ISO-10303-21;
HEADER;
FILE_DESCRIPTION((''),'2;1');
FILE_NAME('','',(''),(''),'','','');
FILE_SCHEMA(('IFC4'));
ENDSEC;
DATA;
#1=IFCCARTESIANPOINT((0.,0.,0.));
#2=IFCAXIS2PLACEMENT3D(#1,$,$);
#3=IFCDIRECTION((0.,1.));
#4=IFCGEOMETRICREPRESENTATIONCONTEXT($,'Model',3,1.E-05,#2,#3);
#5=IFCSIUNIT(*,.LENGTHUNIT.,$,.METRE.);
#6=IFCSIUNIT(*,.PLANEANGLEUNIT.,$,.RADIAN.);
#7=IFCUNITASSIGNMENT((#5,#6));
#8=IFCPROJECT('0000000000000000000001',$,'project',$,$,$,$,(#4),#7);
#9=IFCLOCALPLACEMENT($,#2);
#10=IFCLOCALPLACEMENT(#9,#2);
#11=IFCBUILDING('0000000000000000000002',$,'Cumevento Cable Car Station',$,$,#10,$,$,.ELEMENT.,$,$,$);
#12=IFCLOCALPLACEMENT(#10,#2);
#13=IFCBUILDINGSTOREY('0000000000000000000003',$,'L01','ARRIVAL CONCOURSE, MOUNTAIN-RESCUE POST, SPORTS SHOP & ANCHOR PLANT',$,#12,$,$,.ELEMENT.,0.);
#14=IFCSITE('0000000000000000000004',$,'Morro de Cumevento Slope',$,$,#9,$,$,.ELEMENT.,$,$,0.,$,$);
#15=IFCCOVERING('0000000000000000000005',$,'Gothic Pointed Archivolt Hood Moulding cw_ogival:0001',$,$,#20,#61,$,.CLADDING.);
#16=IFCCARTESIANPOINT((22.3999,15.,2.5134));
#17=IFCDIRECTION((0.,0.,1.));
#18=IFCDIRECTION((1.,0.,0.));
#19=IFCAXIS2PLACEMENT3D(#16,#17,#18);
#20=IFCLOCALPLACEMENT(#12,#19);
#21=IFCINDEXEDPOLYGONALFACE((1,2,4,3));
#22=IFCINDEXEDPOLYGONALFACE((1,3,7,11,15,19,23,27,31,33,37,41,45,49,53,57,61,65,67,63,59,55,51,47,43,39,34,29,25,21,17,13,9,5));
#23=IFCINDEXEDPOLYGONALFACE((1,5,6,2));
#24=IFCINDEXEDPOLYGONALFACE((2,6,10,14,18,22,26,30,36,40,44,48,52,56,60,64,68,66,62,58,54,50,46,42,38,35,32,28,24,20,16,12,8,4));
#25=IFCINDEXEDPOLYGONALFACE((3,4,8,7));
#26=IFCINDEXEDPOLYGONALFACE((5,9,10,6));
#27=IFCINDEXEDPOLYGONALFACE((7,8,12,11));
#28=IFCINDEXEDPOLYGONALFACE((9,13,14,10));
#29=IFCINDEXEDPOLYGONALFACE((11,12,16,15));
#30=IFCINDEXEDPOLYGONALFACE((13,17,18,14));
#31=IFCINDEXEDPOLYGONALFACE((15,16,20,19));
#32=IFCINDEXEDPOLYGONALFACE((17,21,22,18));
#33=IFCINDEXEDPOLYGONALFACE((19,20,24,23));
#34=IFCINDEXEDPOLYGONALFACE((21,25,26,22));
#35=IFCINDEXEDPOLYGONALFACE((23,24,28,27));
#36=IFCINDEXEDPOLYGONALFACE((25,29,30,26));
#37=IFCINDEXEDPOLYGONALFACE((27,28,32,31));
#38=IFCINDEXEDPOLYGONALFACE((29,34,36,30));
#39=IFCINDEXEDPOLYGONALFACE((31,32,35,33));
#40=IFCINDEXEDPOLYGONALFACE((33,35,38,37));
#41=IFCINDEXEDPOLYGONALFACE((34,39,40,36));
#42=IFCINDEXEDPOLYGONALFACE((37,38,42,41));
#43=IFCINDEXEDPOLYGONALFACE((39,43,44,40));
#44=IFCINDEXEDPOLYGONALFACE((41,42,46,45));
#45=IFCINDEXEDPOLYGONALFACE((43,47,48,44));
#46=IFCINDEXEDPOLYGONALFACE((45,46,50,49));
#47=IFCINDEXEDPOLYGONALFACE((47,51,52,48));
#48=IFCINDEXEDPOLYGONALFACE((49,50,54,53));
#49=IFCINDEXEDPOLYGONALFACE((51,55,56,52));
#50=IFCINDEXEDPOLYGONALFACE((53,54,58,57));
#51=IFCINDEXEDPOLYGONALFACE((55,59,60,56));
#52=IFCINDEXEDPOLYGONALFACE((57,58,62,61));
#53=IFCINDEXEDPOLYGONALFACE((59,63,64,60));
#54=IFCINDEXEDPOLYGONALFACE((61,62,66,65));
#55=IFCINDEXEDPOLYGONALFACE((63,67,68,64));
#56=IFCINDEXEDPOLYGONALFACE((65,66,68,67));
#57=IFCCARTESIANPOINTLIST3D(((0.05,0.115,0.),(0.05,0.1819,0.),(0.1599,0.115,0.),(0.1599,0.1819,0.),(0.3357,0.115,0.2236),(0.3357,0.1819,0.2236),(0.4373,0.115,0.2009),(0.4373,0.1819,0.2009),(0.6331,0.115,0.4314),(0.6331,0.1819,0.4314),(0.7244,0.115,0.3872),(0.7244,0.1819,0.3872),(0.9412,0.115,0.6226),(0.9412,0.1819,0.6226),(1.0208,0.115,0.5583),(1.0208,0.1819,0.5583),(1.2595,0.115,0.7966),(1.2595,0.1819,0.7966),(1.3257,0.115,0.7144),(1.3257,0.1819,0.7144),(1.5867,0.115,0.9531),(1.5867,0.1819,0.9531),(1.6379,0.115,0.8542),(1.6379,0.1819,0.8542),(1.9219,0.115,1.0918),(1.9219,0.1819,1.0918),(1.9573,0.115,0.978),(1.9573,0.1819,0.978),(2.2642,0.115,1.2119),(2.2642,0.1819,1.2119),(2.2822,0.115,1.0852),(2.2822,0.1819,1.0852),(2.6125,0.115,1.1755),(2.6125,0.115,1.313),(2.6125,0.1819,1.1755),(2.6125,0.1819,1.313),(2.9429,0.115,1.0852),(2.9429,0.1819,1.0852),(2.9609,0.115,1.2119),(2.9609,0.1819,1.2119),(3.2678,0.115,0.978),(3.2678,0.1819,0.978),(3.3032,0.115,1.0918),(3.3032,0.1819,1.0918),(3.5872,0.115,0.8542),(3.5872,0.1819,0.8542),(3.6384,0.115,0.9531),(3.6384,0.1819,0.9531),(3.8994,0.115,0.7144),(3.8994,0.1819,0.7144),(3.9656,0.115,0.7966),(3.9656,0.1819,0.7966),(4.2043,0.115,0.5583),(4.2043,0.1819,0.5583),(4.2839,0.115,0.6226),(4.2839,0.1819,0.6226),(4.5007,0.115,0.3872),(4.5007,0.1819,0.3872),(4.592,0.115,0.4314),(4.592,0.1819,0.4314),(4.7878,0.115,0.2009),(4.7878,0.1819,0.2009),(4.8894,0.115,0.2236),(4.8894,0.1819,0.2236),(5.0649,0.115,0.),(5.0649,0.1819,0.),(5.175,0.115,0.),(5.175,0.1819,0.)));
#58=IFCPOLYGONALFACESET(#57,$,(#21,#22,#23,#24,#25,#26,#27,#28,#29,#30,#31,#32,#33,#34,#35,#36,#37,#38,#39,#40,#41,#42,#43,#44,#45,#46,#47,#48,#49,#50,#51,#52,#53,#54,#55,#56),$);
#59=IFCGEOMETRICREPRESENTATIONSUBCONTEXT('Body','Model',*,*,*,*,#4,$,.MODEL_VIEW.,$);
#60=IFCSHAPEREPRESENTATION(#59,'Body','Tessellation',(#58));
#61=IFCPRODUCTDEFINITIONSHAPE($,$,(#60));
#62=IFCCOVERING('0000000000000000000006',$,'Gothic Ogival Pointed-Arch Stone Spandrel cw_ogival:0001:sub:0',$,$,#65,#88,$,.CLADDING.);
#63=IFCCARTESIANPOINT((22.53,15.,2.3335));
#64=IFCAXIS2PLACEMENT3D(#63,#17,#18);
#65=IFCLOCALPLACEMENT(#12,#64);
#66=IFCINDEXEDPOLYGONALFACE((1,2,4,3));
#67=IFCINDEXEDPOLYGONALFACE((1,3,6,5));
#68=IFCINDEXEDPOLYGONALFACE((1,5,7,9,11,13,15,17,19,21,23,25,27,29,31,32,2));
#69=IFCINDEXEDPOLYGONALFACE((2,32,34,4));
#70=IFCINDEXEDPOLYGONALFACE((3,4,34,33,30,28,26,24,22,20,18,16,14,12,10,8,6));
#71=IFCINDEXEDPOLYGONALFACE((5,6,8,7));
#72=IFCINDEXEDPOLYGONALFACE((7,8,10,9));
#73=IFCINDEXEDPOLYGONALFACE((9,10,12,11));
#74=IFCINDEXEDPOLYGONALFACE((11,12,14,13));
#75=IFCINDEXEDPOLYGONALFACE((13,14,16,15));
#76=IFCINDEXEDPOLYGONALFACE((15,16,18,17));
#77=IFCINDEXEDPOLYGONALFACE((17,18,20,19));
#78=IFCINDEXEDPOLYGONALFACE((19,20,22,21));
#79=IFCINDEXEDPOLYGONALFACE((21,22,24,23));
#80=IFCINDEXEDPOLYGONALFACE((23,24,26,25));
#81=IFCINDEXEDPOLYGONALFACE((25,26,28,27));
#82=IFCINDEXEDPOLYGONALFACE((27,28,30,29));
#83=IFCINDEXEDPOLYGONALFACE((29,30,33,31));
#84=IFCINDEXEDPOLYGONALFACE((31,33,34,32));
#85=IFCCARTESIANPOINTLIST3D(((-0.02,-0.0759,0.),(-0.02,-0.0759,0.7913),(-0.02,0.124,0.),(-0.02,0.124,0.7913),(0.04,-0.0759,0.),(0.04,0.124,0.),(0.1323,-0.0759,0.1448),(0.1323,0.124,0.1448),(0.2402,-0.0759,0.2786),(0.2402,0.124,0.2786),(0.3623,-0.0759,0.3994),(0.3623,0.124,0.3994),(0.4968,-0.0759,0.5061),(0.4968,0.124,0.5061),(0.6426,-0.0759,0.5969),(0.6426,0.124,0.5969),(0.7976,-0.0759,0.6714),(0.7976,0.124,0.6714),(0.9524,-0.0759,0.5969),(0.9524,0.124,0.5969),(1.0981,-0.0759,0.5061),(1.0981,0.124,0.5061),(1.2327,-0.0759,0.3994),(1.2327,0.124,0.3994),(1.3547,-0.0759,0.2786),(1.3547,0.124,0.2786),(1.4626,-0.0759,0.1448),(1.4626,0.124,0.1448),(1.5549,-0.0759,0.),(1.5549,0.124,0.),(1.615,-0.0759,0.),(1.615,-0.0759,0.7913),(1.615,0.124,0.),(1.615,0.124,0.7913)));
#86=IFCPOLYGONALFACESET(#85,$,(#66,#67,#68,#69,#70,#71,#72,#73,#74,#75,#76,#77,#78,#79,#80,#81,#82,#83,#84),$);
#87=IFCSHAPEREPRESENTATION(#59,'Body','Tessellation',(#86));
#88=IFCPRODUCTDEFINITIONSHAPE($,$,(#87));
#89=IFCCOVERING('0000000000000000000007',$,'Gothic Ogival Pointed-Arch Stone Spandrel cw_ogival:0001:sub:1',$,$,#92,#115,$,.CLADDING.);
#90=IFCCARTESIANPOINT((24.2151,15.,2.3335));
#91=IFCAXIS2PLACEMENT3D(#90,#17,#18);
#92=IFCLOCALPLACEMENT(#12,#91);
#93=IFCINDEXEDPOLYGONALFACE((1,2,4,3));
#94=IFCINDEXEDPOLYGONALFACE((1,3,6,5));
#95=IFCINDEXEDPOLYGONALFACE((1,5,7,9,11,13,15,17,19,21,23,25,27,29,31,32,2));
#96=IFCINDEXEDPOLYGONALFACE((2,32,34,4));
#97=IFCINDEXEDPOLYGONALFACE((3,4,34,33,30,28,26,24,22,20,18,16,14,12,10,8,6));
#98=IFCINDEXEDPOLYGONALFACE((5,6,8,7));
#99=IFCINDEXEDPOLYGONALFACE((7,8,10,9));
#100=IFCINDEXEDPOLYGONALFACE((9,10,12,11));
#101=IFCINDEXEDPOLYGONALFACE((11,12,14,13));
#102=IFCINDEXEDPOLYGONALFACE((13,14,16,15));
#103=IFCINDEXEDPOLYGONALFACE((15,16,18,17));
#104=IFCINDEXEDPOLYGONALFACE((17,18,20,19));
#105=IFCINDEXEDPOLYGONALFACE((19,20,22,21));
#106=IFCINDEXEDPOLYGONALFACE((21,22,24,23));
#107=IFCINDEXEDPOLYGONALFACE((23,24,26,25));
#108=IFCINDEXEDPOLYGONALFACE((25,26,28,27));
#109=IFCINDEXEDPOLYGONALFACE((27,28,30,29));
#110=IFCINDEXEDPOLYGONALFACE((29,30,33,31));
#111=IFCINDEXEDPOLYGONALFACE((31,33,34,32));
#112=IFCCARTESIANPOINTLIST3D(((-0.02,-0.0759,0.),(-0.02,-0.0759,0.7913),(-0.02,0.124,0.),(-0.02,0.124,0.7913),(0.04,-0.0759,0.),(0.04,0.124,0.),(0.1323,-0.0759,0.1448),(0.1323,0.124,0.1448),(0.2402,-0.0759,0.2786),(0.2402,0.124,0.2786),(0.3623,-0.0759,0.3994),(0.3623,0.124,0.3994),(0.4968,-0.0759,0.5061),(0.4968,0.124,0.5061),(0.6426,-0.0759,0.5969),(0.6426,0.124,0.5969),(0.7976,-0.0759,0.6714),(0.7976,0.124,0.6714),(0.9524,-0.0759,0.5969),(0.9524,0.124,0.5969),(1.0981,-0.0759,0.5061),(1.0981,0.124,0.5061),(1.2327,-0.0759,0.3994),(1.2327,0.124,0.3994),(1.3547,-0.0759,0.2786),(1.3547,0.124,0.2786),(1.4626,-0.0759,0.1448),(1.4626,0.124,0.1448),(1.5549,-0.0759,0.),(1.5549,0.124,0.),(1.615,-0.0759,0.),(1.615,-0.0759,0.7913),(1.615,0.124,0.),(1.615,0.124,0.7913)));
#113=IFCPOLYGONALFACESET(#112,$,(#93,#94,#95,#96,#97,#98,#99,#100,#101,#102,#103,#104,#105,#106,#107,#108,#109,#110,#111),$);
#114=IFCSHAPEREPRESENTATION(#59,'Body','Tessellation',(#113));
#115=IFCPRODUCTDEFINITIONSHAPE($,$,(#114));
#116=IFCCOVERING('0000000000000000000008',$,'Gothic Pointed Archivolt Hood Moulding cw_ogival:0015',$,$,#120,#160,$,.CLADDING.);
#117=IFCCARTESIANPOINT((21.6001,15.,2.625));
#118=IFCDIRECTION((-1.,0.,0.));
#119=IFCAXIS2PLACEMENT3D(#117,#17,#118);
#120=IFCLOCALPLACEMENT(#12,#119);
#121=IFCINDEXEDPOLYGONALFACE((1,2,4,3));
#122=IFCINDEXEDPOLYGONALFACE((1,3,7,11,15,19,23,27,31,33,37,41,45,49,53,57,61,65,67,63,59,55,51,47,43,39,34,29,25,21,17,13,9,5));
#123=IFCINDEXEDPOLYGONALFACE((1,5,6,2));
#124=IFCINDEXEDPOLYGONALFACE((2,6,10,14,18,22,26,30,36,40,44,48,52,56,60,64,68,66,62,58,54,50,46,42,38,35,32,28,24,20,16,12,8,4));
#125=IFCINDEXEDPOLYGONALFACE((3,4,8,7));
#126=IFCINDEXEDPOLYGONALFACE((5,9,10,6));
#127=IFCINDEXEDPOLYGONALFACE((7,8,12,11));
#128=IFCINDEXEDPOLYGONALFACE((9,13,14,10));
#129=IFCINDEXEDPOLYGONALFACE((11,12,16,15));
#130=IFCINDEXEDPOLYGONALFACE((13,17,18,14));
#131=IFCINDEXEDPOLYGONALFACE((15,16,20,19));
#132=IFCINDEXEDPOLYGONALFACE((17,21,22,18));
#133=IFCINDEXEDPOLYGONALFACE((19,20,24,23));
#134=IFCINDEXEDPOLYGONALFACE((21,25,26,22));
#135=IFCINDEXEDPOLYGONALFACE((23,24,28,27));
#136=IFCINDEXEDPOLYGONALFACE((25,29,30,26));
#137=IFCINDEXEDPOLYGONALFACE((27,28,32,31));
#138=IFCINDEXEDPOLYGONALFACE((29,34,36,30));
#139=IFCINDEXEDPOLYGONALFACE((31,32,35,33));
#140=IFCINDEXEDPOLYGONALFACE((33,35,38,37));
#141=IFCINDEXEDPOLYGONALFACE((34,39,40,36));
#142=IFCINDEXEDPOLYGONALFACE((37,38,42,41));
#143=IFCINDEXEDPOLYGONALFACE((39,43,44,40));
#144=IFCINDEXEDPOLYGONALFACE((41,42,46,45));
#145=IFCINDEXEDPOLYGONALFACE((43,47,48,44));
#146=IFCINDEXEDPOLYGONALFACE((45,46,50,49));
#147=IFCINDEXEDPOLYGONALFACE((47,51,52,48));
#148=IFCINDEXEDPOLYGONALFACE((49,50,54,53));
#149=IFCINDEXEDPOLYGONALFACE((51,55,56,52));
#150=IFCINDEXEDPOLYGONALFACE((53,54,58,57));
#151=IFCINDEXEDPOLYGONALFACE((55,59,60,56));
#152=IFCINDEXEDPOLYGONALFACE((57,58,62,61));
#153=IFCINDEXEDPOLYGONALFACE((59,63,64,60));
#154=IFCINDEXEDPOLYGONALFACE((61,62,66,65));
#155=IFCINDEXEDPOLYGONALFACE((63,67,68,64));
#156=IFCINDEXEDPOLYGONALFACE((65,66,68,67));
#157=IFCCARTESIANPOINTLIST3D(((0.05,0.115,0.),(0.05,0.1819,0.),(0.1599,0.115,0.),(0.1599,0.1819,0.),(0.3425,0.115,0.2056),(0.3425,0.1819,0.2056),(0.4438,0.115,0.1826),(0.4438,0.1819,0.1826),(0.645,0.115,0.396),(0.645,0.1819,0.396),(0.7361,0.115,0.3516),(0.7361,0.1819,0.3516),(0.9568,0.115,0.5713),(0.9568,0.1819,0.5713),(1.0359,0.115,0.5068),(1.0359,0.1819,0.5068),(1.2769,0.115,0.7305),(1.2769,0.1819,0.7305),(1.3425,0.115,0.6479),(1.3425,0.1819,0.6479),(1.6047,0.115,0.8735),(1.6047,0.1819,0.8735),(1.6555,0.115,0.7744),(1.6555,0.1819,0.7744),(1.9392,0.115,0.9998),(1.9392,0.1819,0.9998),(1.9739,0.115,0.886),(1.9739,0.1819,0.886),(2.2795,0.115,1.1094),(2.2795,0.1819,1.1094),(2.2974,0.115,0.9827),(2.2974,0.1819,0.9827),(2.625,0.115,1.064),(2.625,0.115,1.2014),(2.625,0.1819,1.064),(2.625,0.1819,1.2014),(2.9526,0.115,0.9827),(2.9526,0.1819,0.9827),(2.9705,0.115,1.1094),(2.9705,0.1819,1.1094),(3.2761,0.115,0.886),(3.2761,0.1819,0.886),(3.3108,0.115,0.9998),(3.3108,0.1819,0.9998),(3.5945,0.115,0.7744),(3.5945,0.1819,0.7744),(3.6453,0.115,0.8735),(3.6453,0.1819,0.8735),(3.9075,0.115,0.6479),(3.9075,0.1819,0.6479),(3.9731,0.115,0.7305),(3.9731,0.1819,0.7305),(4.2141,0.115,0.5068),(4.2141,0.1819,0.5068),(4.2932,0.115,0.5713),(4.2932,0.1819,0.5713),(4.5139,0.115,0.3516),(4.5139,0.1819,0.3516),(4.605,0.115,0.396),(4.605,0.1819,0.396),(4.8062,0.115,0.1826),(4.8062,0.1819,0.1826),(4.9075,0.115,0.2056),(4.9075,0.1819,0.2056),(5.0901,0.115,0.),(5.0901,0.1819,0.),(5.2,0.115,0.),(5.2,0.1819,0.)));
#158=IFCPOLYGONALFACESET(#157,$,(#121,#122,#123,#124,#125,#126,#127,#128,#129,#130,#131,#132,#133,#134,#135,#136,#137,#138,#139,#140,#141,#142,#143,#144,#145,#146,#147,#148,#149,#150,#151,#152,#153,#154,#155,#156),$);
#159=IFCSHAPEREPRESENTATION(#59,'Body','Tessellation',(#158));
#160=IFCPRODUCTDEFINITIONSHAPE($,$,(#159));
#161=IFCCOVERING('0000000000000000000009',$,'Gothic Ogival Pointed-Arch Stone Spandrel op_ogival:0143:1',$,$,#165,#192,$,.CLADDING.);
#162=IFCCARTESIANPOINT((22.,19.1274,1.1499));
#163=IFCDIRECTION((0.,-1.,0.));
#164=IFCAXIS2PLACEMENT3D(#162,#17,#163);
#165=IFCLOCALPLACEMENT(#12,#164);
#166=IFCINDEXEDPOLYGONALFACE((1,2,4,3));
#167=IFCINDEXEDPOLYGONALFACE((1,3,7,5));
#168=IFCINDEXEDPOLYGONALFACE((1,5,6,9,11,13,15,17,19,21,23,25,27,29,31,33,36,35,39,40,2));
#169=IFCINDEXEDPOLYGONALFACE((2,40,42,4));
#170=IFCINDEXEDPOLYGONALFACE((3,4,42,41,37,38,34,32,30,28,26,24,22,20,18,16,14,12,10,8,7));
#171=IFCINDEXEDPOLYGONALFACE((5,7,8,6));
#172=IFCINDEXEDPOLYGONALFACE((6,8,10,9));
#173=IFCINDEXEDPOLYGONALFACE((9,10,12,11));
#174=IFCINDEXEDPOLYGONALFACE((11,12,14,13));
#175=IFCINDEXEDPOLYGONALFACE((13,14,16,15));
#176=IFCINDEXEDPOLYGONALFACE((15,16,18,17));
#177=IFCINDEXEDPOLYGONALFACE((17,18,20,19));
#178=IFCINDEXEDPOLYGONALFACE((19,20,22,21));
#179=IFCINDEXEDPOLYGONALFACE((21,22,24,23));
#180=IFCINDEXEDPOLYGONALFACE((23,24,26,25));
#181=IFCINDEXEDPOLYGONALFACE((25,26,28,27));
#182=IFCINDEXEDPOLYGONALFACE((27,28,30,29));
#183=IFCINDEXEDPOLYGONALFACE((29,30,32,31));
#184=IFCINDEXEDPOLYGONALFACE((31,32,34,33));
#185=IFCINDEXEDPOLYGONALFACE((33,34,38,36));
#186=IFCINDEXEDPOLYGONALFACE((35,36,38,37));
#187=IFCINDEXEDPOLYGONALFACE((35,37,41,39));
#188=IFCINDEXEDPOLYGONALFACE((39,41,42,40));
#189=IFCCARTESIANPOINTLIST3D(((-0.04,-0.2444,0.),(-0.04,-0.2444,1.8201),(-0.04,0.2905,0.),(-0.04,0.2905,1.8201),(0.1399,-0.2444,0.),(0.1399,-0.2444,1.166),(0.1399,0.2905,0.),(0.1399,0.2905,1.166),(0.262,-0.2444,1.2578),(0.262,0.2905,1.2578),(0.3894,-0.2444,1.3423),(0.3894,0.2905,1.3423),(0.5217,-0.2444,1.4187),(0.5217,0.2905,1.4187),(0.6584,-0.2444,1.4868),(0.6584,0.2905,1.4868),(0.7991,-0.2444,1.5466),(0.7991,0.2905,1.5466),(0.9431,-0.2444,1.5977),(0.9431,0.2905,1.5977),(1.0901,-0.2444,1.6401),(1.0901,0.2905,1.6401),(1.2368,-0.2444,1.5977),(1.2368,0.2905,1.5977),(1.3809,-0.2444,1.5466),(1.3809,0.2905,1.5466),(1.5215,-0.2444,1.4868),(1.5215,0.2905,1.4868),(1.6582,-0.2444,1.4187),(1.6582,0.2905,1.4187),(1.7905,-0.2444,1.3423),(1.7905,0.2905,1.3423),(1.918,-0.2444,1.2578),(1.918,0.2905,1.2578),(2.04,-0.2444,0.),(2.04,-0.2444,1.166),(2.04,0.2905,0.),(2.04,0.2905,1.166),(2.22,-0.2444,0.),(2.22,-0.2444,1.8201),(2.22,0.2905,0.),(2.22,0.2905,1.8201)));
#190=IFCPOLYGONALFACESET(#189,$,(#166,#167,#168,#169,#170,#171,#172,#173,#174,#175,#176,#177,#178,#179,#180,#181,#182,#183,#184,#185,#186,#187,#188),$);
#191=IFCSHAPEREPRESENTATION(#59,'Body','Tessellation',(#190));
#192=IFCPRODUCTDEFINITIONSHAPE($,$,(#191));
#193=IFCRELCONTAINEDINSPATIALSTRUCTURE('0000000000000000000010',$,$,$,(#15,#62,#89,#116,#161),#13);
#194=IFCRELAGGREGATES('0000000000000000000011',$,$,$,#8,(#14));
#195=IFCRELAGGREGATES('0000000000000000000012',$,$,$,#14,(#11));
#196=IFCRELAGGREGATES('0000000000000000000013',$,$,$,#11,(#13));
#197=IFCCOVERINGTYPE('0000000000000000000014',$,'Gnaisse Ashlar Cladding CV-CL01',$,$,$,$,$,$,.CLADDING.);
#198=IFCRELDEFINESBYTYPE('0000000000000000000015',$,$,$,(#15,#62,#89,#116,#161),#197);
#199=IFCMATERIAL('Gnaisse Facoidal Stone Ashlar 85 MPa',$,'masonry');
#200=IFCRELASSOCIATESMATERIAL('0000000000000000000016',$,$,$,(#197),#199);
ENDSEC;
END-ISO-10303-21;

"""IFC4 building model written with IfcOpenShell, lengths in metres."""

from ifc_helpers import new_model, si_unit, direction, frame, origin, place, context, subcontext, project, spatial, polyline, outline, extrude, material, type_object, element, save


model = new_model("IFC4")

# Units and contexts
model_context = context("Model", 3, precision=1e-05, world=origin(), true_north=direction((0.0, 1.0)))
body_context = subcontext(model_context, "Body", "Model", "MODEL_VIEW")
ifc_project = project(units=[si_unit("LENGTHUNIT", "METRE"), si_unit("PLANEANGLEUNIT", "RADIAN")], contexts=[model_context])

# Site, building, storey
site_placement = place(None, origin())
site = spatial("IfcSite", under=ifc_project, at=site_placement, Name="Morro de Cumevento Slope", CompositionType="ELEMENT", RefElevation=0.0)
building_placement = place(site_placement, origin())
building = spatial("IfcBuilding", under=site, at=building_placement, Name="Cumevento Cable Car Station", CompositionType="ELEMENT")
storey_placement = place(building_placement, origin())
storey = spatial("IfcBuildingStorey", under=building, at=storey_placement, Name="L01", Description="ARRIVAL CONCOURSE, MOUNTAIN-RESCUE POST, SPORTS SHOP & ANCHOR PLANT", CompositionType="ELEMENT", Elevation=0.0)

# Coverings
ifc_material_1 = material(Name="Gnaisse Facoidal Stone Ashlar 85 MPa", Category="masonry")
covering_type = type_object("IfcCoveringType", Name="Gnaisse Ashlar Cladding CV-CL01", PredefinedType="CLADDING", material=ifc_material_1)
covering_1_placement = place(storey_placement, frame((22.3999, 15.0, 2.5134), z_axis=(0.0, 0.0, 1.0), x_axis=(1.0, 0.0, 0.0)))
element("IfcCovering", 1, at=covering_1_placement, inside=storey, type_object=covering_type, Name="Gothic Pointed Archivolt Hood Moulding cw_ogival:0001", PredefinedType="CLADDING", context=body_context, shape_type="SweptSolid", body=[
    extrude(outline(polyline([(0.1599, 0.0), (0.4373, 0.2009), (0.7244, 0.3872), (1.0208, 0.5583), (1.3257, 0.7144), (1.6379, 0.8542), (1.9573, 0.978), (2.2822, 1.0852), (2.6125, 1.1755), (2.9429, 1.0852), (3.2678, 0.978), (3.5872, 0.8542), (3.8994, 0.7144), (4.2043, 0.5583), (4.5007, 0.3872), (4.7878, 0.2009), (5.0649, 0.0), (5.175, 0.0), (4.8894, 0.2236), (4.592, 0.4314), (4.2839, 0.6226), (3.9656, 0.7966), (3.6384, 0.9531), (3.3032, 1.0918), (2.9609, 1.2119), (2.6125, 1.313), (2.2642, 1.2119), (1.9219, 1.0918), (1.5867, 0.9531), (1.2595, 0.7966), (0.9412, 0.6226), (0.6331, 0.4314), (0.3357, 0.2236), (0.05, 0.0), (0.1599, 0.0)])), frame((0.0, 0.1819, 0.0), z_axis=(0.0, -1.0, 0.0), x_axis=(1.0, 0.0, 0.0)), (0.0, 0.0, 1.0), 0.0669),
])
for number, where, z_axis, x_axis, name in (
    (2, (22.53, 15.0, 2.3335), (0.0, 0.0, 1.0), (1.0, 0.0, 0.0), "Gothic Ogival Pointed-Arch Stone Spandrel cw_ogival:0001:sub:0"),
    (3, (24.2151, 15.0, 2.3335), (0.0, 0.0, 1.0), (1.0, 0.0, 0.0), "Gothic Ogival Pointed-Arch Stone Spandrel cw_ogival:0001:sub:1"),
):
    element("IfcCovering", number, at=place(storey_placement, frame(where, z_axis=z_axis, x_axis=x_axis)), inside=storey, type_object=covering_type, Name=name, PredefinedType="CLADDING", context=body_context, shape_type="SweptSolid", body=[
        extrude(outline(polyline([(-0.02, 0.0), (-0.02, 0.7913), (1.615, 0.7913), (1.615, 0.0), (1.5549, 0.0), (1.4626, 0.1448), (1.3547, 0.2786), (1.2327, 0.3994), (1.0981, 0.5061), (0.9524, 0.5969), (0.7976, 0.6714), (0.6426, 0.5969), (0.4968, 0.5061), (0.3623, 0.3994), (0.2402, 0.2786), (0.1323, 0.1448), (0.04, 0.0), (-0.02, 0.0)])), frame((0.0, 0.124, 0.0), z_axis=(0.0, -1.0, 0.0), x_axis=(1.0, 0.0, 0.0)), (0.0, 0.0, 1.0), 0.2),
    ])
covering_2_placement = place(storey_placement, frame((21.6001, 15.0, 2.625), z_axis=(0.0, 0.0, 1.0), x_axis=(-1.0, 0.0, 0.0)))
element("IfcCovering", 4, at=covering_2_placement, inside=storey, type_object=covering_type, Name="Gothic Pointed Archivolt Hood Moulding cw_ogival:0015", PredefinedType="CLADDING", context=body_context, shape_type="SweptSolid", body=[
    extrude(outline(polyline([(0.1599, 0.0), (0.4438, 0.1826), (0.7361, 0.3516), (1.0359, 0.5068), (1.3425, 0.6479), (1.6555, 0.7744), (1.9739, 0.886), (2.2974, 0.9827), (2.625, 1.064), (2.9526, 0.9827), (3.2761, 0.886), (3.5945, 0.7744), (3.9075, 0.6479), (4.2141, 0.5068), (4.5139, 0.3516), (4.8062, 0.1826), (5.0901, 0.0), (5.2, 0.0), (4.9075, 0.2056), (4.605, 0.396), (4.2932, 0.5713), (3.9731, 0.7305), (3.6453, 0.8735), (3.3108, 0.9998), (2.9705, 1.1094), (2.625, 1.2014), (2.2795, 1.1094), (1.9392, 0.9998), (1.6047, 0.8735), (1.2769, 0.7305), (0.9568, 0.5713), (0.645, 0.396), (0.3425, 0.2056), (0.05, 0.0), (0.1599, 0.0)])), frame((0.0, 0.1819, 0.0), z_axis=(0.0, -1.0, 0.0), x_axis=(1.0, 0.0, 0.0)), (0.0, 0.0, 1.0), 0.0669),
])
covering_3_placement = place(storey_placement, frame((22.0, 19.1274, 1.1499), z_axis=(0.0, 0.0, 1.0), x_axis=(0.0, -1.0, 0.0)))
element("IfcCovering", 5, at=covering_3_placement, inside=storey, type_object=covering_type, Name="Gothic Ogival Pointed-Arch Stone Spandrel op_ogival:0143:1", PredefinedType="CLADDING", context=body_context, shape_type="SweptSolid", body=[
    extrude(outline(polyline([(-0.04, 0.0), (-0.04, 1.8201), (2.22, 1.8201), (2.22, 0.0), (2.04, 0.0), (2.04, 1.166), (1.918, 1.2578), (1.7905, 1.3423), (1.6582, 1.4187), (1.5215, 1.4868), (1.3809, 1.5466), (1.2368, 1.5977), (1.0901, 1.6401), (0.9431, 1.5977), (0.7991, 1.5466), (0.6584, 1.4868), (0.5217, 1.4187), (0.3894, 1.3423), (0.262, 1.2578), (0.1399, 1.166), (0.1399, 0.0), (-0.04, 0.0)])), frame((0.0, 0.2905, 0.0), z_axis=(0.0, -1.0, 0.0), x_axis=(1.0, 0.0, 0.0)), (0.0, 0.0, 1.0), 0.5349),
])

save(model, "model.ifc")
